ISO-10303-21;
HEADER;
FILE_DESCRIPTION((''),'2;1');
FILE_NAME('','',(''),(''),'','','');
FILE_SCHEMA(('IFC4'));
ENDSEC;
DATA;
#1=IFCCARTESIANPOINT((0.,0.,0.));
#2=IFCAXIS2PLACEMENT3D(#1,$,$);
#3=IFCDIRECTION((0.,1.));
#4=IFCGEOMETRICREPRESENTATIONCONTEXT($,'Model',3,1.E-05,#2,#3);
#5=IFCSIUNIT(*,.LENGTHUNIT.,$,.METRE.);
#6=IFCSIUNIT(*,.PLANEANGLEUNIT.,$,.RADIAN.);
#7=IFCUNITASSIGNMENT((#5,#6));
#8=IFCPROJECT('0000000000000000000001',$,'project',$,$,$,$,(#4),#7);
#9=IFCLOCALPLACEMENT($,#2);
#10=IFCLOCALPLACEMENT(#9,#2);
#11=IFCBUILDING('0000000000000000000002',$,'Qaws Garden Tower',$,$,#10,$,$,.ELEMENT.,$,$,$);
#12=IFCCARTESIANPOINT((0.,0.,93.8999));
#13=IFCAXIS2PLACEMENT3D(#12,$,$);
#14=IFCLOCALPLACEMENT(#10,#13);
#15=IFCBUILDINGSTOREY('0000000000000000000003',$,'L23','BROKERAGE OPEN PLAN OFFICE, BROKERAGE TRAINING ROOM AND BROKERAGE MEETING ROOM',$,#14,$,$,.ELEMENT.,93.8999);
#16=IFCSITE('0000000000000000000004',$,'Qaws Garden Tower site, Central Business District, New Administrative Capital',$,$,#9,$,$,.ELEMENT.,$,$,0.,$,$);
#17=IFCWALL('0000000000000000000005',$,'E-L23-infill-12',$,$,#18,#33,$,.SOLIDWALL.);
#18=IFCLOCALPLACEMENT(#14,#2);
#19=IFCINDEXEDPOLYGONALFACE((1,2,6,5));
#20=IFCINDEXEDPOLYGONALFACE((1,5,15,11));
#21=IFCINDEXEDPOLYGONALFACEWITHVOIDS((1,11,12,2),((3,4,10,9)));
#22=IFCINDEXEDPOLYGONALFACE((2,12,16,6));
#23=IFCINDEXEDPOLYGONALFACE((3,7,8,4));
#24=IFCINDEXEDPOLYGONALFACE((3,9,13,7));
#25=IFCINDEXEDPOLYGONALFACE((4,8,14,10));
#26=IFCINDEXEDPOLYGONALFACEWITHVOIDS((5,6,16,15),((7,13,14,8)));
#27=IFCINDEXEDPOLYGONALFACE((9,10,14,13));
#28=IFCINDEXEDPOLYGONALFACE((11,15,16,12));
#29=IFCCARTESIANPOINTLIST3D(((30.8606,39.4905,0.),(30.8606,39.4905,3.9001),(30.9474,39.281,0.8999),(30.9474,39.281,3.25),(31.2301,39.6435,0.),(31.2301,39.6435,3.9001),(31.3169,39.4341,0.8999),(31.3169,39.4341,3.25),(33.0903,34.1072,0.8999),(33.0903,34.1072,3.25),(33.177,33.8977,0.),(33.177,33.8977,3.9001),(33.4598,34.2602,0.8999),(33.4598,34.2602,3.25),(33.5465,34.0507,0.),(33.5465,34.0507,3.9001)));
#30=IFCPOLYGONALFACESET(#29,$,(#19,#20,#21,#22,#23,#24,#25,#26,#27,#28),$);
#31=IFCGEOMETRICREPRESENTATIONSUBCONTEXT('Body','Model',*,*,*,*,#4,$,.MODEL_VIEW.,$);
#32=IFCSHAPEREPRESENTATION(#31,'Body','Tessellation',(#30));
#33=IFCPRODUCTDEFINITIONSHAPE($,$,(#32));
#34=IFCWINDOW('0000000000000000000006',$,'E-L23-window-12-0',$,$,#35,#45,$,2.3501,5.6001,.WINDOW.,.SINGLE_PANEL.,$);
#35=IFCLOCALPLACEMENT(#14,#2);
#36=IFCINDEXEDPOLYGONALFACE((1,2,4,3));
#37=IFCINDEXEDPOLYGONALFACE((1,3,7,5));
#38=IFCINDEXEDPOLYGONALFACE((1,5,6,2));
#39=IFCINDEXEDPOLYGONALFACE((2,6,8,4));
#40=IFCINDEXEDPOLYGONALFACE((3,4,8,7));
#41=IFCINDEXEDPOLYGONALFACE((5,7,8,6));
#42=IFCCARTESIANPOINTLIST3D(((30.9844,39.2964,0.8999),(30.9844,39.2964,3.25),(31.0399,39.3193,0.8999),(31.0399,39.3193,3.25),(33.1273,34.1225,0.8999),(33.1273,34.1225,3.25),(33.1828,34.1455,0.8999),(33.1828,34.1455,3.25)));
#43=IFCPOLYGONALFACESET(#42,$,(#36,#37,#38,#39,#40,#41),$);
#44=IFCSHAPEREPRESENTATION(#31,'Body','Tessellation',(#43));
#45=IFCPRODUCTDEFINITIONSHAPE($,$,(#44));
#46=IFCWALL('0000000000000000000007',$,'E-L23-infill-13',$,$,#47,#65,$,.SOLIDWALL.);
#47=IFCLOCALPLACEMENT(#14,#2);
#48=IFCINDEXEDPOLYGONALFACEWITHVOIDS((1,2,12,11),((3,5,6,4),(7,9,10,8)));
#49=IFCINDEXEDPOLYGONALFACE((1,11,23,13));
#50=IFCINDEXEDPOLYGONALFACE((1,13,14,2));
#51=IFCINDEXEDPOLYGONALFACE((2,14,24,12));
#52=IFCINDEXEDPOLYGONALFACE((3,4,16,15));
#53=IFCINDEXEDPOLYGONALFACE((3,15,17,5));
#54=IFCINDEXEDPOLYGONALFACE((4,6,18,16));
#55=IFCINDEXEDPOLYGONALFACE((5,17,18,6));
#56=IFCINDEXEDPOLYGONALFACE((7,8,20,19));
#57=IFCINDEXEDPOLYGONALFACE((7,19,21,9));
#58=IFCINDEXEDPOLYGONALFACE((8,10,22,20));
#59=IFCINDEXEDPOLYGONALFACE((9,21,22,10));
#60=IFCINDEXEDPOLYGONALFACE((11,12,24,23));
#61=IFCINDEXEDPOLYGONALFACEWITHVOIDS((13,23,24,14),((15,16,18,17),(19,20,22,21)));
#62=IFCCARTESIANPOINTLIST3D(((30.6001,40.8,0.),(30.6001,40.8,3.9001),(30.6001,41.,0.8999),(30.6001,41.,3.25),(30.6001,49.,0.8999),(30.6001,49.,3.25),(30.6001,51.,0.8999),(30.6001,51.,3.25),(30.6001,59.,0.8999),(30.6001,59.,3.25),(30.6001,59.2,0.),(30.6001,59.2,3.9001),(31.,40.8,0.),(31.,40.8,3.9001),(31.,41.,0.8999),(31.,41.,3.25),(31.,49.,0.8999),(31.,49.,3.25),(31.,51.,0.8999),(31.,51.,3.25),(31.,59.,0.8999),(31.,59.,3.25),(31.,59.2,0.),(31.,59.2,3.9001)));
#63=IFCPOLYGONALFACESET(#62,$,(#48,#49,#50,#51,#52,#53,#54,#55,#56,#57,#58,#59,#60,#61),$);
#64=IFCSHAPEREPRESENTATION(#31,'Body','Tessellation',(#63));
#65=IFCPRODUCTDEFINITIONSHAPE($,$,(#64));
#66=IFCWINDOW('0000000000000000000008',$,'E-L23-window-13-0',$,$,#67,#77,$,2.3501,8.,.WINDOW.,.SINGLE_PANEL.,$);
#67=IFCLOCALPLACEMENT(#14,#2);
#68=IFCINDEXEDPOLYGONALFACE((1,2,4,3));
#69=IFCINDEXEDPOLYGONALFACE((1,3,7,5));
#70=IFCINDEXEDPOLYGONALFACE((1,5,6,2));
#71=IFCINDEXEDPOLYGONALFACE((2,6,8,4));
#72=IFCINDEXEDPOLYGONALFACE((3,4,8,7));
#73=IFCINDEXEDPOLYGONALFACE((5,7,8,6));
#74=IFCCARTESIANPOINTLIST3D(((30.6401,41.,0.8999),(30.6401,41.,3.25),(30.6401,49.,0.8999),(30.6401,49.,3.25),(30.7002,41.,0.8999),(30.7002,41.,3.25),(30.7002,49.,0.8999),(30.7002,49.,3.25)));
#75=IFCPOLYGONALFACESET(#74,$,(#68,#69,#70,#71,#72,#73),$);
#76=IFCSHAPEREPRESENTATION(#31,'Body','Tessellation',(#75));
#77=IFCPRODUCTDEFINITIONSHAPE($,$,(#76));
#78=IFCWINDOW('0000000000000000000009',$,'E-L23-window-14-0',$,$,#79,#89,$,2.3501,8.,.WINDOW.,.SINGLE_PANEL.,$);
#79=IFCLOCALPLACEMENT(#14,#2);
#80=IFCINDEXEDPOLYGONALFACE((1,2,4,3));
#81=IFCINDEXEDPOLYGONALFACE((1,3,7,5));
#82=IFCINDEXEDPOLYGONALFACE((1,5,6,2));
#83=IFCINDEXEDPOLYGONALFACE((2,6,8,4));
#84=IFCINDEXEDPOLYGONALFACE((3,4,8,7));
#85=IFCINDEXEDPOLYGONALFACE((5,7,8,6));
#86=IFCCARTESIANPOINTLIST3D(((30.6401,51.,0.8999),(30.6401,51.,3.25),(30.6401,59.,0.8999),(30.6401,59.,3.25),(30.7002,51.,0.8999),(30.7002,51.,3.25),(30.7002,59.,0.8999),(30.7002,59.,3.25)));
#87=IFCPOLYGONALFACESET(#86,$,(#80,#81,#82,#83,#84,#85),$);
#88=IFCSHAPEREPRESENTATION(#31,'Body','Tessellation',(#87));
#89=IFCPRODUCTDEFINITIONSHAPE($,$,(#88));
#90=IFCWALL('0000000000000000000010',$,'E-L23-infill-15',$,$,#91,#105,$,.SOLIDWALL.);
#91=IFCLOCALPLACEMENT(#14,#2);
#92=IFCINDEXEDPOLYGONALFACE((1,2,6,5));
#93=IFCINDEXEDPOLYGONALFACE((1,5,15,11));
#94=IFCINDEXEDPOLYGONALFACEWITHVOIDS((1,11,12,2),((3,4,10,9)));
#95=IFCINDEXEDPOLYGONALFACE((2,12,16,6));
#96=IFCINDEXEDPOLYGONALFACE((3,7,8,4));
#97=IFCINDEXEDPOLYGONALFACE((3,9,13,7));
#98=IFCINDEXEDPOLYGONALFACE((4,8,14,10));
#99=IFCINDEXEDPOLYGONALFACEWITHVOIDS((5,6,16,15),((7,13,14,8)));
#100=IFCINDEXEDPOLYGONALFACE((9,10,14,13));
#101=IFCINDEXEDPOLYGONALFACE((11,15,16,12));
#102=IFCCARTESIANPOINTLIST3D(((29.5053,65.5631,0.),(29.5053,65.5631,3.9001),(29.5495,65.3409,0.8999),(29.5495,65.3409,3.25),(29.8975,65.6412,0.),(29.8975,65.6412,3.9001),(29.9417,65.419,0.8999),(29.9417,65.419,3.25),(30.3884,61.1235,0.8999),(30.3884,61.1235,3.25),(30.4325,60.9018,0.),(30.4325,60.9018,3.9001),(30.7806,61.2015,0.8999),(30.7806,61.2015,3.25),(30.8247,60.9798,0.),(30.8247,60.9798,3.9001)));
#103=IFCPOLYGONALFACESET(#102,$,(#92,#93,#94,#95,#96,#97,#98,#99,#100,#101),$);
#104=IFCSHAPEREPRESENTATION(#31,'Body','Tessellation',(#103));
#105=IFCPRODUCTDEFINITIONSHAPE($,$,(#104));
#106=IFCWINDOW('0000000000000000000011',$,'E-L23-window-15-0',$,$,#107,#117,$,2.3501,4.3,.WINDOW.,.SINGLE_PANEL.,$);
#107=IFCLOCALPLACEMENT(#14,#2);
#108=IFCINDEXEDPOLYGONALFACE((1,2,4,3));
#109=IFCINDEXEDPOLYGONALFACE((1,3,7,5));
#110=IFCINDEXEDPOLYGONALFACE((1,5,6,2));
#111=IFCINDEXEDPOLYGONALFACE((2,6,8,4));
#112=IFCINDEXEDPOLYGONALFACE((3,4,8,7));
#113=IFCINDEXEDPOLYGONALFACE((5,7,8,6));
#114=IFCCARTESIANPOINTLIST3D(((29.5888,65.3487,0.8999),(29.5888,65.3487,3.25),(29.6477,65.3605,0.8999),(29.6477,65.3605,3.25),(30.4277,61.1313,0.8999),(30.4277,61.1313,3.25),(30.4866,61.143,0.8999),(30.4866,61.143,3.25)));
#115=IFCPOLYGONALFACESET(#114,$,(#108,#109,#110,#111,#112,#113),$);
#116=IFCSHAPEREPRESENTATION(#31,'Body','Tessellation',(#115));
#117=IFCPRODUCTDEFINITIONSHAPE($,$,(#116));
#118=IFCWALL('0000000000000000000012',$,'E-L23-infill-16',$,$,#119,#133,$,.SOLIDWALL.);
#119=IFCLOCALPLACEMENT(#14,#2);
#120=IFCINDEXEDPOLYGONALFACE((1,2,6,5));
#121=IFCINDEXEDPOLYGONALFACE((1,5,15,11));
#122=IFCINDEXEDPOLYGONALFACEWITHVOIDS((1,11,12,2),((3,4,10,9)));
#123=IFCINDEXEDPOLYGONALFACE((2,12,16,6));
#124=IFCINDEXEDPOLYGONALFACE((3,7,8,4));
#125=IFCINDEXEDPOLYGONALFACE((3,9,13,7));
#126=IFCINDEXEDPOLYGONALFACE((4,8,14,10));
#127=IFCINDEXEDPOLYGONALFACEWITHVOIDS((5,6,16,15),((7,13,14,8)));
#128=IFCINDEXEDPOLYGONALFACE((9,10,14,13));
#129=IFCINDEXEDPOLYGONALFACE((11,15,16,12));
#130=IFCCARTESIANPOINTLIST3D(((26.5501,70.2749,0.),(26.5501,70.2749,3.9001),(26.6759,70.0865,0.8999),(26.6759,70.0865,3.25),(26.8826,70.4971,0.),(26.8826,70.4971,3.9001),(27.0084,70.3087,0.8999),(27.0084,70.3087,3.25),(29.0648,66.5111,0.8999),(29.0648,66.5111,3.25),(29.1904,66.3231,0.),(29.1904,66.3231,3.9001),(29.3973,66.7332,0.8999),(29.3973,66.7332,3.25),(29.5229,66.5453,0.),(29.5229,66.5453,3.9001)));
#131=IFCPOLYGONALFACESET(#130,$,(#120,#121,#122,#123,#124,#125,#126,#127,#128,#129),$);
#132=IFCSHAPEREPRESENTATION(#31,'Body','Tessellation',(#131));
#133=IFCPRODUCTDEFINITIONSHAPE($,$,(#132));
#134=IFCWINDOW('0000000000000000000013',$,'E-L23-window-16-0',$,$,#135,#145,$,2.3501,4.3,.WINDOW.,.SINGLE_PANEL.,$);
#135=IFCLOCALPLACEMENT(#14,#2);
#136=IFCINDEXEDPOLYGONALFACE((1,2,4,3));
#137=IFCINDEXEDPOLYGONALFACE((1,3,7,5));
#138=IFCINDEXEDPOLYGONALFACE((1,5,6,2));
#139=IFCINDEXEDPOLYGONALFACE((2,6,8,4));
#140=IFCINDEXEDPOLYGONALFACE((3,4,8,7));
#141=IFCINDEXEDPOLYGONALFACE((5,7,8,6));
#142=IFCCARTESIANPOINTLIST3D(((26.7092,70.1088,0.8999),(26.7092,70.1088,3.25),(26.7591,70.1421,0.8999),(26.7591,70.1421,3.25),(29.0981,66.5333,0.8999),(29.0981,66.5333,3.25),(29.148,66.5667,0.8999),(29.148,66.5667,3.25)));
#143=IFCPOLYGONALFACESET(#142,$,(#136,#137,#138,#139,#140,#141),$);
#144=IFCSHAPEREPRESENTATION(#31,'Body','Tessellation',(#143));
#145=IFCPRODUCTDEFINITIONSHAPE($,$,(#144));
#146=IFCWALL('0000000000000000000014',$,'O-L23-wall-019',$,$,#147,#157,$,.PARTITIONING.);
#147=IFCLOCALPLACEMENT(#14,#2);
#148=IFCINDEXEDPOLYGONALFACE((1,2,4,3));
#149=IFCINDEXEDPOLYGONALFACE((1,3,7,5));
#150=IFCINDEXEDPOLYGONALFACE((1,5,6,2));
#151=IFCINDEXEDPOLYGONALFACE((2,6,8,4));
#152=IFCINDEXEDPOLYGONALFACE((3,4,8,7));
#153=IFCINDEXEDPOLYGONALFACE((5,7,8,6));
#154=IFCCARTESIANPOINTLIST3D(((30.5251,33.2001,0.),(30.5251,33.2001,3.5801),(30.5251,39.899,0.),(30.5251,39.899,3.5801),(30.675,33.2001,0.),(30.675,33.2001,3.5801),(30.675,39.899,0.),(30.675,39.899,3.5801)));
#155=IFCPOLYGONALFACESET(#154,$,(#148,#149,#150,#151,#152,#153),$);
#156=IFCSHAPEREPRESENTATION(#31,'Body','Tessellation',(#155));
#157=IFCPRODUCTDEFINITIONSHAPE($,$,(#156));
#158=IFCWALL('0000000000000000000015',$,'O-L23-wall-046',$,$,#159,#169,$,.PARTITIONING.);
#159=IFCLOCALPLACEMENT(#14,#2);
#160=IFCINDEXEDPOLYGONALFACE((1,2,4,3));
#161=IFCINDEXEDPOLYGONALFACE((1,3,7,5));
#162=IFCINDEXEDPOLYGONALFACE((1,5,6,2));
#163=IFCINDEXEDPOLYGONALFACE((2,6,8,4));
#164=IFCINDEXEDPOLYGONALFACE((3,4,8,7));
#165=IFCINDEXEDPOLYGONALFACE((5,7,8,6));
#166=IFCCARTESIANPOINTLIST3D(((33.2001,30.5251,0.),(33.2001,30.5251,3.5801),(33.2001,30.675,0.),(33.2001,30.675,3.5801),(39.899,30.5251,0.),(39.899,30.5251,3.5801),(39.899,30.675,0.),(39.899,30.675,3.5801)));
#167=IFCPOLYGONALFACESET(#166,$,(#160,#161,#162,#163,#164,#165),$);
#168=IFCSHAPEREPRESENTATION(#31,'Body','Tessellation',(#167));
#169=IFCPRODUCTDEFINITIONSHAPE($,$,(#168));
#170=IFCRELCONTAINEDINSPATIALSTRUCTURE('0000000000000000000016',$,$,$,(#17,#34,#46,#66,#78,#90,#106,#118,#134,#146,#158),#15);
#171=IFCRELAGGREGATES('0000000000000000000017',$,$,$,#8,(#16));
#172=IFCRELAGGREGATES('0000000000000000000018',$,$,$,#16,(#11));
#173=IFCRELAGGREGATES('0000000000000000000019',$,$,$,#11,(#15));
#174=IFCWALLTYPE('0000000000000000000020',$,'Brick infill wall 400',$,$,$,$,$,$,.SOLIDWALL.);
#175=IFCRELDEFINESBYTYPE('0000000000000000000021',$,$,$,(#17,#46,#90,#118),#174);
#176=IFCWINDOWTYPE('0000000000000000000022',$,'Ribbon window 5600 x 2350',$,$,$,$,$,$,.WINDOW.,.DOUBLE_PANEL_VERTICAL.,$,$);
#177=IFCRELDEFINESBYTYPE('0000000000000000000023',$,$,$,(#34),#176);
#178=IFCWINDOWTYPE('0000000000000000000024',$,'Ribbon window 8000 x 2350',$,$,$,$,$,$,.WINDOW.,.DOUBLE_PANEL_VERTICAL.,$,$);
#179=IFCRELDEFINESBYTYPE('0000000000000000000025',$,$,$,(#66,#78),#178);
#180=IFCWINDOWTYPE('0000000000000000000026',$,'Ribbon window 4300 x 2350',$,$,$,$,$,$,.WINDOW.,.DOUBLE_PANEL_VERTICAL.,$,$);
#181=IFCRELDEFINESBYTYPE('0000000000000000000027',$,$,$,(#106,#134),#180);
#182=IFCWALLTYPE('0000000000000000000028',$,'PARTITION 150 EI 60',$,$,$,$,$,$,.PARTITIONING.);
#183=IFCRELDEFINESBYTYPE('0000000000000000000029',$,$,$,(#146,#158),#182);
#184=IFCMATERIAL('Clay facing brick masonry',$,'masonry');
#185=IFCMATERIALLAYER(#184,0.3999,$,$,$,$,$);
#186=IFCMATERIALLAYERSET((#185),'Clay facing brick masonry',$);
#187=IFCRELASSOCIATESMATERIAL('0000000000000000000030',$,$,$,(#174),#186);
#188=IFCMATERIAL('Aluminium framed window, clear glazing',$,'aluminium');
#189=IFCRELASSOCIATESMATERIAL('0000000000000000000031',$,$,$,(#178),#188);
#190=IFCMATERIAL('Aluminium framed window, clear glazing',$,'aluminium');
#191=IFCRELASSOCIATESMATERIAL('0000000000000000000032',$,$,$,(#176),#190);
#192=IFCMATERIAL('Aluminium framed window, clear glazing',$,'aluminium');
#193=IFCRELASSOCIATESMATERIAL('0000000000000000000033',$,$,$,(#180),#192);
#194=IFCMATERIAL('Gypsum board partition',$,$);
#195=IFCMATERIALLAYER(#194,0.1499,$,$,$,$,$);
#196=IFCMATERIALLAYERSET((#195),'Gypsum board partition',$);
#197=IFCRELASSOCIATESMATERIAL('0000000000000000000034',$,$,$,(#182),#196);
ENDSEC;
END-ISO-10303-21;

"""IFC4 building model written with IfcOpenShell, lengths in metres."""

from ifc_helpers import new_model, si_unit, direction, frame, frame_2d, origin, place, context, subcontext, project, spatial, rectangle, extrude, material, layer, layer_set, type_object, element, fill, save


model = new_model("IFC4")

# Units and contexts
model_context = context("Model", 3, precision=1e-05, world=origin(), true_north=direction((0.0, 1.0)))
body_context = subcontext(model_context, "Body", "Model", "MODEL_VIEW")
ifc_project = project(units=[si_unit("LENGTHUNIT", "METRE"), si_unit("PLANEANGLEUNIT", "RADIAN")], contexts=[model_context])

# Site, building, storey
site_placement = place(None, origin())
site = spatial("IfcSite", under=ifc_project, at=site_placement, Name="Qaws Garden Tower site, Central Business District, New Administrative Capital", CompositionType="ELEMENT", RefElevation=0.0)
building_placement = place(site_placement, origin())
building = spatial("IfcBuilding", under=site, at=building_placement, Name="Qaws Garden Tower", CompositionType="ELEMENT")
storey_placement = place(building_placement, frame((0.0, 0.0, 93.8999)))
storey = spatial("IfcBuildingStorey", under=building, at=storey_placement, Name="L23", Description="BROKERAGE OPEN PLAN OFFICE, BROKERAGE TRAINING ROOM AND BROKERAGE MEETING ROOM", CompositionType="ELEMENT", Elevation=93.8999)

# Shared definitions
ifc_material_1 = material(Name="Clay facing brick masonry", Category="masonry")
ifc_layer_1 = layer(ifc_material_1, 0.3999)
ifc_layer_set_1 = layer_set([ifc_layer_1], Name="Clay facing brick masonry")
wall_type_1 = type_object("IfcWallType", Name="Brick infill wall 400", PredefinedType="SOLIDWALL", material=ifc_layer_set_1)
ifc_material_2 = material(Name="Aluminium framed window, clear glazing", Category="aluminium")
window_type_1 = type_object("IfcWindowType", Name="Ribbon window 8000 x 2350", PartitioningType="DOUBLE_PANEL_VERTICAL", PredefinedType="WINDOW", material=ifc_material_2)

# Wall, opening, window
ifc_material_3 = material(Name="Aluminium framed window, clear glazing", Category="aluminium")
window_type_2 = type_object("IfcWindowType", Name="Ribbon window 5600 x 2350", PartitioningType="DOUBLE_PANEL_VERTICAL", PredefinedType="WINDOW", material=ifc_material_3)
wall_1_placement = place(storey_placement, frame((33.3618, 33.9741, 0.0), z_axis=(0.0, 0.0, 1.0), x_axis=(-0.382656, 0.923891, 0.0)))
wall_1 = element("IfcWall", 1, at=wall_1_placement, inside=storey, type_object=wall_type_1, Name="E-L23-infill-12", PredefinedType="SOLIDWALL", context=body_context, shape_type="SweptSolid", body=[
    extrude(rectangle(XDim=6.0535, YDim=0.3999, at=frame_2d((3.0269, 0.0))), origin(), (0.0, 0.0, 1.0), 3.9001),
])
opening_1_placement = place(wall_1_placement, frame((0.2268, 0.0, 0.8999)))
opening_1 = element("IfcOpeningElement", 2, at=opening_1_placement, cuts=wall_1, PredefinedType="OPENING", context=body_context, shape_type="SweptSolid", body=[
    extrude(rectangle(XDim=5.6001, YDim=2.3501, at=frame_2d((2.8, 1.175))), frame((0.0, 0.21, 0.0), z_axis=(0.0, -1.0, 0.0), x_axis=(1.0, 0.0, 0.0)), (0.0, 0.0, 1.0), 0.4199),
])
window_1_placement = place(opening_1_placement, origin())
window_1 = element("IfcWindow", 3, at=window_1_placement, inside=storey, type_object=window_type_2, Name="E-L23-window-12-0", OverallHeight=2.3501, OverallWidth=5.6001, PartitioningType="SINGLE_PANEL", PredefinedType="WINDOW", context=body_context, shape_type="SweptSolid", body=[
    extrude(rectangle(XDim=5.6001, YDim=2.3501, at=frame_2d((2.8, 1.175))), frame((0.0, 0.1599, 0.0), z_axis=(0.0, -1.0, 0.0), x_axis=(1.0, 0.0, 0.0)), (0.0, 0.0, 1.0), 0.0601),
])
fill(opening_1, window_1)

# Wall, openings, windows
wall_2_placement = place(storey_placement, frame((30.8, 40.8, 0.0), z_axis=(0.0, 0.0, 1.0), x_axis=(0.0, 1.0, 0.0)))
wall_2 = element("IfcWall", 4, at=wall_2_placement, inside=storey, type_object=wall_type_1, Name="E-L23-infill-13", PredefinedType="SOLIDWALL", context=body_context, shape_type="SweptSolid", body=[
    extrude(rectangle(XDim=18.3999, YDim=0.3999, at=frame_2d((9.2, 0.0))), origin(), (0.0, 0.0, 1.0), 3.9001),
])
opening_2_placement = place(wall_2_placement, frame((0.2, 0.0, 0.8999)))
opening_2 = element("IfcOpeningElement", 5, at=opening_2_placement, cuts=wall_2, PredefinedType="OPENING", context=body_context, shape_type="SweptSolid", body=[
    extrude(rectangle(XDim=8.0, YDim=2.3501, at=frame_2d((4.0, 1.175))), frame((0.0, 0.21, 0.0), z_axis=(0.0, -1.0, 0.0), x_axis=(1.0, 0.0, 0.0)), (0.0, 0.0, 1.0), 0.4199),
])
opening_3_placement = place(wall_2_placement, frame((10.2, 0.0, 0.8999)))
opening_3 = element("IfcOpeningElement", 6, at=opening_3_placement, cuts=wall_2, PredefinedType="OPENING", context=body_context, shape_type="SweptSolid", body=[
    extrude(rectangle(XDim=8.0, YDim=2.3501, at=frame_2d((4.0, 1.175))), frame((0.0, 0.21, 0.0), z_axis=(0.0, -1.0, 0.0), x_axis=(1.0, 0.0, 0.0)), (0.0, 0.0, 1.0), 0.4199),
])
window_2_placement = place(opening_2_placement, origin())
window_2 = element("IfcWindow", 7, at=window_2_placement, inside=storey, type_object=window_type_1, Name="E-L23-window-13-0", OverallHeight=2.3501, OverallWidth=8.0, PartitioningType="SINGLE_PANEL", PredefinedType="WINDOW", context=body_context, shape_type="SweptSolid", body=[
    extrude(rectangle(XDim=8.0, YDim=2.3501, at=frame_2d((4.0, 1.175))), frame((0.0, 0.1599, 0.0), z_axis=(0.0, -1.0, 0.0), x_axis=(1.0, 0.0, 0.0)), (0.0, 0.0, 1.0), 0.0601),
])
fill(opening_2, window_2)
window_3_placement = place(opening_3_placement, origin())
window_3 = element("IfcWindow", 8, at=window_3_placement, inside=storey, type_object=window_type_1, Name="E-L23-window-14-0", OverallHeight=2.3501, OverallWidth=8.0, PartitioningType="SINGLE_PANEL", PredefinedType="WINDOW", context=body_context, shape_type="SweptSolid", body=[
    extrude(rectangle(XDim=8.0, YDim=2.3501, at=frame_2d((4.0, 1.175))), frame((0.0, 0.1599, 0.0), z_axis=(0.0, -1.0, 0.0), x_axis=(1.0, 0.0, 0.0)), (0.0, 0.0, 1.0), 0.0601),
])
fill(opening_3, window_3)

# Walls, openings, windows
wall_3_placement = place(storey_placement, frame((30.6287, 60.9407, 0.0), z_axis=(0.0, 0.0, 1.0), x_axis=(-0.195099, 0.980784, 0.0)))
wall_3 = element("IfcWall", 9, at=wall_3_placement, inside=storey, type_object=wall_type_1, Name="E-L23-infill-15", PredefinedType="SOLIDWALL", context=body_context, shape_type="SweptSolid", body=[
    extrude(rectangle(XDim=4.7527, YDim=0.3999, at=frame_2d((2.3765, 0.0))), origin(), (0.0, 0.0, 1.0), 3.9001),
])
opening_4_placement = place(wall_3_placement, frame((0.2263, 0.0, 0.8999)))
opening_4 = element("IfcOpeningElement", 10, at=opening_4_placement, cuts=wall_3, PredefinedType="OPENING", context=body_context, shape_type="SweptSolid", body=[
    extrude(rectangle(XDim=4.3, YDim=2.3501, at=frame_2d((2.1499, 1.175))), frame((0.0, 0.21, 0.0), z_axis=(0.0, -1.0, 0.0), x_axis=(1.0, 0.0, 0.0)), (0.0, 0.0, 1.0), 0.4199),
])
ifc_material_4 = material(Name="Aluminium framed window, clear glazing", Category="aluminium")
window_type_3 = type_object("IfcWindowType", Name="Ribbon window 4300 x 2350", PartitioningType="DOUBLE_PANEL_VERTICAL", PredefinedType="WINDOW", material=ifc_material_4)
window_4_placement = place(opening_4_placement, origin())
window_4 = element("IfcWindow", 11, at=window_4_placement, inside=storey, type_object=window_type_3, Name="E-L23-window-15-0", OverallHeight=2.3501, OverallWidth=4.3, PartitioningType="SINGLE_PANEL", PredefinedType="WINDOW", context=body_context, shape_type="SweptSolid", body=[
    extrude(rectangle(XDim=4.3, YDim=2.3501, at=frame_2d((2.1499, 1.175))), frame((0.0, 0.1599, 0.0), z_axis=(0.0, -1.0, 0.0), x_axis=(1.0, 0.0, 0.0)), (0.0, 0.0, 1.0), 0.0601),
])
fill(opening_4, window_4)
wall_4_placement = place(storey_placement, frame((29.3567, 66.4341, 0.0), z_axis=(0.0, 0.0, 1.0), x_axis=(-0.555542, 0.831489, 0.0)))
wall_4 = element("IfcWall", 12, at=wall_4_placement, inside=storey, type_object=wall_type_1, Name="E-L23-infill-16", PredefinedType="SOLIDWALL", context=body_context, shape_type="SweptSolid", body=[
    extrude(rectangle(XDim=4.7527, YDim=0.3999, at=frame_2d((2.3765, 0.0))), origin(), (0.0, 0.0, 1.0), 3.9001),
])
opening_5_placement = place(wall_4_placement, frame((0.2263, 0.0, 0.8999)))
opening_5 = element("IfcOpeningElement", 13, at=opening_5_placement, cuts=wall_4, PredefinedType="OPENING", context=body_context, shape_type="SweptSolid", body=[
    extrude(rectangle(XDim=4.3, YDim=2.3501, at=frame_2d((2.1499, 1.175))), frame((0.0, 0.21, 0.0), z_axis=(0.0, -1.0, 0.0), x_axis=(1.0, 0.0, 0.0)), (0.0, 0.0, 1.0), 0.4199),
])
window_5_placement = place(opening_5_placement, origin())
window_5 = element("IfcWindow", 14, at=window_5_placement, inside=storey, type_object=window_type_3, Name="E-L23-window-16-0", OverallHeight=2.3501, OverallWidth=4.3, PartitioningType="SINGLE_PANEL", PredefinedType="WINDOW", context=body_context, shape_type="SweptSolid", body=[
    extrude(rectangle(XDim=4.3, YDim=2.3501, at=frame_2d((2.1499, 1.175))), frame((0.0, 0.1599, 0.0), z_axis=(0.0, -1.0, 0.0), x_axis=(1.0, 0.0, 0.0)), (0.0, 0.0, 1.0), 0.0601),
])
fill(opening_5, window_5)

# Walls
ifc_material_5 = material(Name="Gypsum board partition")
ifc_layer_2 = layer(ifc_material_5, 0.1499)
ifc_layer_set_2 = layer_set([ifc_layer_2], Name="Gypsum board partition")
wall_type_2 = type_object("IfcWallType", Name="PARTITION 150 EI 60", PredefinedType="PARTITIONING", material=ifc_layer_set_2)
for number, where, z_axis, x_axis, name in (
    (15, (30.6001, 33.2, 0.0), (0.0, 0.0, 1.0), (0.0, 1.0, 0.0), "O-L23-wall-019"),
    (16, (33.2, 30.6001, 0.0), (0.0, 0.0, 1.0), (1.0, 0.0, 0.0), "O-L23-wall-046"),
):
    element("IfcWall", number, at=place(storey_placement, frame(where, z_axis=z_axis, x_axis=x_axis)), inside=storey, type_object=wall_type_2, Name=name, PredefinedType="PARTITIONING", context=body_context, shape_type="SweptSolid", body=[
        extrude(rectangle(XDim=6.699, YDim=0.1499, at=frame_2d((3.3496, 0.0))), origin(), (0.0, 0.0, 1.0), 3.5801),
    ])

save(model, "model.ifc")
